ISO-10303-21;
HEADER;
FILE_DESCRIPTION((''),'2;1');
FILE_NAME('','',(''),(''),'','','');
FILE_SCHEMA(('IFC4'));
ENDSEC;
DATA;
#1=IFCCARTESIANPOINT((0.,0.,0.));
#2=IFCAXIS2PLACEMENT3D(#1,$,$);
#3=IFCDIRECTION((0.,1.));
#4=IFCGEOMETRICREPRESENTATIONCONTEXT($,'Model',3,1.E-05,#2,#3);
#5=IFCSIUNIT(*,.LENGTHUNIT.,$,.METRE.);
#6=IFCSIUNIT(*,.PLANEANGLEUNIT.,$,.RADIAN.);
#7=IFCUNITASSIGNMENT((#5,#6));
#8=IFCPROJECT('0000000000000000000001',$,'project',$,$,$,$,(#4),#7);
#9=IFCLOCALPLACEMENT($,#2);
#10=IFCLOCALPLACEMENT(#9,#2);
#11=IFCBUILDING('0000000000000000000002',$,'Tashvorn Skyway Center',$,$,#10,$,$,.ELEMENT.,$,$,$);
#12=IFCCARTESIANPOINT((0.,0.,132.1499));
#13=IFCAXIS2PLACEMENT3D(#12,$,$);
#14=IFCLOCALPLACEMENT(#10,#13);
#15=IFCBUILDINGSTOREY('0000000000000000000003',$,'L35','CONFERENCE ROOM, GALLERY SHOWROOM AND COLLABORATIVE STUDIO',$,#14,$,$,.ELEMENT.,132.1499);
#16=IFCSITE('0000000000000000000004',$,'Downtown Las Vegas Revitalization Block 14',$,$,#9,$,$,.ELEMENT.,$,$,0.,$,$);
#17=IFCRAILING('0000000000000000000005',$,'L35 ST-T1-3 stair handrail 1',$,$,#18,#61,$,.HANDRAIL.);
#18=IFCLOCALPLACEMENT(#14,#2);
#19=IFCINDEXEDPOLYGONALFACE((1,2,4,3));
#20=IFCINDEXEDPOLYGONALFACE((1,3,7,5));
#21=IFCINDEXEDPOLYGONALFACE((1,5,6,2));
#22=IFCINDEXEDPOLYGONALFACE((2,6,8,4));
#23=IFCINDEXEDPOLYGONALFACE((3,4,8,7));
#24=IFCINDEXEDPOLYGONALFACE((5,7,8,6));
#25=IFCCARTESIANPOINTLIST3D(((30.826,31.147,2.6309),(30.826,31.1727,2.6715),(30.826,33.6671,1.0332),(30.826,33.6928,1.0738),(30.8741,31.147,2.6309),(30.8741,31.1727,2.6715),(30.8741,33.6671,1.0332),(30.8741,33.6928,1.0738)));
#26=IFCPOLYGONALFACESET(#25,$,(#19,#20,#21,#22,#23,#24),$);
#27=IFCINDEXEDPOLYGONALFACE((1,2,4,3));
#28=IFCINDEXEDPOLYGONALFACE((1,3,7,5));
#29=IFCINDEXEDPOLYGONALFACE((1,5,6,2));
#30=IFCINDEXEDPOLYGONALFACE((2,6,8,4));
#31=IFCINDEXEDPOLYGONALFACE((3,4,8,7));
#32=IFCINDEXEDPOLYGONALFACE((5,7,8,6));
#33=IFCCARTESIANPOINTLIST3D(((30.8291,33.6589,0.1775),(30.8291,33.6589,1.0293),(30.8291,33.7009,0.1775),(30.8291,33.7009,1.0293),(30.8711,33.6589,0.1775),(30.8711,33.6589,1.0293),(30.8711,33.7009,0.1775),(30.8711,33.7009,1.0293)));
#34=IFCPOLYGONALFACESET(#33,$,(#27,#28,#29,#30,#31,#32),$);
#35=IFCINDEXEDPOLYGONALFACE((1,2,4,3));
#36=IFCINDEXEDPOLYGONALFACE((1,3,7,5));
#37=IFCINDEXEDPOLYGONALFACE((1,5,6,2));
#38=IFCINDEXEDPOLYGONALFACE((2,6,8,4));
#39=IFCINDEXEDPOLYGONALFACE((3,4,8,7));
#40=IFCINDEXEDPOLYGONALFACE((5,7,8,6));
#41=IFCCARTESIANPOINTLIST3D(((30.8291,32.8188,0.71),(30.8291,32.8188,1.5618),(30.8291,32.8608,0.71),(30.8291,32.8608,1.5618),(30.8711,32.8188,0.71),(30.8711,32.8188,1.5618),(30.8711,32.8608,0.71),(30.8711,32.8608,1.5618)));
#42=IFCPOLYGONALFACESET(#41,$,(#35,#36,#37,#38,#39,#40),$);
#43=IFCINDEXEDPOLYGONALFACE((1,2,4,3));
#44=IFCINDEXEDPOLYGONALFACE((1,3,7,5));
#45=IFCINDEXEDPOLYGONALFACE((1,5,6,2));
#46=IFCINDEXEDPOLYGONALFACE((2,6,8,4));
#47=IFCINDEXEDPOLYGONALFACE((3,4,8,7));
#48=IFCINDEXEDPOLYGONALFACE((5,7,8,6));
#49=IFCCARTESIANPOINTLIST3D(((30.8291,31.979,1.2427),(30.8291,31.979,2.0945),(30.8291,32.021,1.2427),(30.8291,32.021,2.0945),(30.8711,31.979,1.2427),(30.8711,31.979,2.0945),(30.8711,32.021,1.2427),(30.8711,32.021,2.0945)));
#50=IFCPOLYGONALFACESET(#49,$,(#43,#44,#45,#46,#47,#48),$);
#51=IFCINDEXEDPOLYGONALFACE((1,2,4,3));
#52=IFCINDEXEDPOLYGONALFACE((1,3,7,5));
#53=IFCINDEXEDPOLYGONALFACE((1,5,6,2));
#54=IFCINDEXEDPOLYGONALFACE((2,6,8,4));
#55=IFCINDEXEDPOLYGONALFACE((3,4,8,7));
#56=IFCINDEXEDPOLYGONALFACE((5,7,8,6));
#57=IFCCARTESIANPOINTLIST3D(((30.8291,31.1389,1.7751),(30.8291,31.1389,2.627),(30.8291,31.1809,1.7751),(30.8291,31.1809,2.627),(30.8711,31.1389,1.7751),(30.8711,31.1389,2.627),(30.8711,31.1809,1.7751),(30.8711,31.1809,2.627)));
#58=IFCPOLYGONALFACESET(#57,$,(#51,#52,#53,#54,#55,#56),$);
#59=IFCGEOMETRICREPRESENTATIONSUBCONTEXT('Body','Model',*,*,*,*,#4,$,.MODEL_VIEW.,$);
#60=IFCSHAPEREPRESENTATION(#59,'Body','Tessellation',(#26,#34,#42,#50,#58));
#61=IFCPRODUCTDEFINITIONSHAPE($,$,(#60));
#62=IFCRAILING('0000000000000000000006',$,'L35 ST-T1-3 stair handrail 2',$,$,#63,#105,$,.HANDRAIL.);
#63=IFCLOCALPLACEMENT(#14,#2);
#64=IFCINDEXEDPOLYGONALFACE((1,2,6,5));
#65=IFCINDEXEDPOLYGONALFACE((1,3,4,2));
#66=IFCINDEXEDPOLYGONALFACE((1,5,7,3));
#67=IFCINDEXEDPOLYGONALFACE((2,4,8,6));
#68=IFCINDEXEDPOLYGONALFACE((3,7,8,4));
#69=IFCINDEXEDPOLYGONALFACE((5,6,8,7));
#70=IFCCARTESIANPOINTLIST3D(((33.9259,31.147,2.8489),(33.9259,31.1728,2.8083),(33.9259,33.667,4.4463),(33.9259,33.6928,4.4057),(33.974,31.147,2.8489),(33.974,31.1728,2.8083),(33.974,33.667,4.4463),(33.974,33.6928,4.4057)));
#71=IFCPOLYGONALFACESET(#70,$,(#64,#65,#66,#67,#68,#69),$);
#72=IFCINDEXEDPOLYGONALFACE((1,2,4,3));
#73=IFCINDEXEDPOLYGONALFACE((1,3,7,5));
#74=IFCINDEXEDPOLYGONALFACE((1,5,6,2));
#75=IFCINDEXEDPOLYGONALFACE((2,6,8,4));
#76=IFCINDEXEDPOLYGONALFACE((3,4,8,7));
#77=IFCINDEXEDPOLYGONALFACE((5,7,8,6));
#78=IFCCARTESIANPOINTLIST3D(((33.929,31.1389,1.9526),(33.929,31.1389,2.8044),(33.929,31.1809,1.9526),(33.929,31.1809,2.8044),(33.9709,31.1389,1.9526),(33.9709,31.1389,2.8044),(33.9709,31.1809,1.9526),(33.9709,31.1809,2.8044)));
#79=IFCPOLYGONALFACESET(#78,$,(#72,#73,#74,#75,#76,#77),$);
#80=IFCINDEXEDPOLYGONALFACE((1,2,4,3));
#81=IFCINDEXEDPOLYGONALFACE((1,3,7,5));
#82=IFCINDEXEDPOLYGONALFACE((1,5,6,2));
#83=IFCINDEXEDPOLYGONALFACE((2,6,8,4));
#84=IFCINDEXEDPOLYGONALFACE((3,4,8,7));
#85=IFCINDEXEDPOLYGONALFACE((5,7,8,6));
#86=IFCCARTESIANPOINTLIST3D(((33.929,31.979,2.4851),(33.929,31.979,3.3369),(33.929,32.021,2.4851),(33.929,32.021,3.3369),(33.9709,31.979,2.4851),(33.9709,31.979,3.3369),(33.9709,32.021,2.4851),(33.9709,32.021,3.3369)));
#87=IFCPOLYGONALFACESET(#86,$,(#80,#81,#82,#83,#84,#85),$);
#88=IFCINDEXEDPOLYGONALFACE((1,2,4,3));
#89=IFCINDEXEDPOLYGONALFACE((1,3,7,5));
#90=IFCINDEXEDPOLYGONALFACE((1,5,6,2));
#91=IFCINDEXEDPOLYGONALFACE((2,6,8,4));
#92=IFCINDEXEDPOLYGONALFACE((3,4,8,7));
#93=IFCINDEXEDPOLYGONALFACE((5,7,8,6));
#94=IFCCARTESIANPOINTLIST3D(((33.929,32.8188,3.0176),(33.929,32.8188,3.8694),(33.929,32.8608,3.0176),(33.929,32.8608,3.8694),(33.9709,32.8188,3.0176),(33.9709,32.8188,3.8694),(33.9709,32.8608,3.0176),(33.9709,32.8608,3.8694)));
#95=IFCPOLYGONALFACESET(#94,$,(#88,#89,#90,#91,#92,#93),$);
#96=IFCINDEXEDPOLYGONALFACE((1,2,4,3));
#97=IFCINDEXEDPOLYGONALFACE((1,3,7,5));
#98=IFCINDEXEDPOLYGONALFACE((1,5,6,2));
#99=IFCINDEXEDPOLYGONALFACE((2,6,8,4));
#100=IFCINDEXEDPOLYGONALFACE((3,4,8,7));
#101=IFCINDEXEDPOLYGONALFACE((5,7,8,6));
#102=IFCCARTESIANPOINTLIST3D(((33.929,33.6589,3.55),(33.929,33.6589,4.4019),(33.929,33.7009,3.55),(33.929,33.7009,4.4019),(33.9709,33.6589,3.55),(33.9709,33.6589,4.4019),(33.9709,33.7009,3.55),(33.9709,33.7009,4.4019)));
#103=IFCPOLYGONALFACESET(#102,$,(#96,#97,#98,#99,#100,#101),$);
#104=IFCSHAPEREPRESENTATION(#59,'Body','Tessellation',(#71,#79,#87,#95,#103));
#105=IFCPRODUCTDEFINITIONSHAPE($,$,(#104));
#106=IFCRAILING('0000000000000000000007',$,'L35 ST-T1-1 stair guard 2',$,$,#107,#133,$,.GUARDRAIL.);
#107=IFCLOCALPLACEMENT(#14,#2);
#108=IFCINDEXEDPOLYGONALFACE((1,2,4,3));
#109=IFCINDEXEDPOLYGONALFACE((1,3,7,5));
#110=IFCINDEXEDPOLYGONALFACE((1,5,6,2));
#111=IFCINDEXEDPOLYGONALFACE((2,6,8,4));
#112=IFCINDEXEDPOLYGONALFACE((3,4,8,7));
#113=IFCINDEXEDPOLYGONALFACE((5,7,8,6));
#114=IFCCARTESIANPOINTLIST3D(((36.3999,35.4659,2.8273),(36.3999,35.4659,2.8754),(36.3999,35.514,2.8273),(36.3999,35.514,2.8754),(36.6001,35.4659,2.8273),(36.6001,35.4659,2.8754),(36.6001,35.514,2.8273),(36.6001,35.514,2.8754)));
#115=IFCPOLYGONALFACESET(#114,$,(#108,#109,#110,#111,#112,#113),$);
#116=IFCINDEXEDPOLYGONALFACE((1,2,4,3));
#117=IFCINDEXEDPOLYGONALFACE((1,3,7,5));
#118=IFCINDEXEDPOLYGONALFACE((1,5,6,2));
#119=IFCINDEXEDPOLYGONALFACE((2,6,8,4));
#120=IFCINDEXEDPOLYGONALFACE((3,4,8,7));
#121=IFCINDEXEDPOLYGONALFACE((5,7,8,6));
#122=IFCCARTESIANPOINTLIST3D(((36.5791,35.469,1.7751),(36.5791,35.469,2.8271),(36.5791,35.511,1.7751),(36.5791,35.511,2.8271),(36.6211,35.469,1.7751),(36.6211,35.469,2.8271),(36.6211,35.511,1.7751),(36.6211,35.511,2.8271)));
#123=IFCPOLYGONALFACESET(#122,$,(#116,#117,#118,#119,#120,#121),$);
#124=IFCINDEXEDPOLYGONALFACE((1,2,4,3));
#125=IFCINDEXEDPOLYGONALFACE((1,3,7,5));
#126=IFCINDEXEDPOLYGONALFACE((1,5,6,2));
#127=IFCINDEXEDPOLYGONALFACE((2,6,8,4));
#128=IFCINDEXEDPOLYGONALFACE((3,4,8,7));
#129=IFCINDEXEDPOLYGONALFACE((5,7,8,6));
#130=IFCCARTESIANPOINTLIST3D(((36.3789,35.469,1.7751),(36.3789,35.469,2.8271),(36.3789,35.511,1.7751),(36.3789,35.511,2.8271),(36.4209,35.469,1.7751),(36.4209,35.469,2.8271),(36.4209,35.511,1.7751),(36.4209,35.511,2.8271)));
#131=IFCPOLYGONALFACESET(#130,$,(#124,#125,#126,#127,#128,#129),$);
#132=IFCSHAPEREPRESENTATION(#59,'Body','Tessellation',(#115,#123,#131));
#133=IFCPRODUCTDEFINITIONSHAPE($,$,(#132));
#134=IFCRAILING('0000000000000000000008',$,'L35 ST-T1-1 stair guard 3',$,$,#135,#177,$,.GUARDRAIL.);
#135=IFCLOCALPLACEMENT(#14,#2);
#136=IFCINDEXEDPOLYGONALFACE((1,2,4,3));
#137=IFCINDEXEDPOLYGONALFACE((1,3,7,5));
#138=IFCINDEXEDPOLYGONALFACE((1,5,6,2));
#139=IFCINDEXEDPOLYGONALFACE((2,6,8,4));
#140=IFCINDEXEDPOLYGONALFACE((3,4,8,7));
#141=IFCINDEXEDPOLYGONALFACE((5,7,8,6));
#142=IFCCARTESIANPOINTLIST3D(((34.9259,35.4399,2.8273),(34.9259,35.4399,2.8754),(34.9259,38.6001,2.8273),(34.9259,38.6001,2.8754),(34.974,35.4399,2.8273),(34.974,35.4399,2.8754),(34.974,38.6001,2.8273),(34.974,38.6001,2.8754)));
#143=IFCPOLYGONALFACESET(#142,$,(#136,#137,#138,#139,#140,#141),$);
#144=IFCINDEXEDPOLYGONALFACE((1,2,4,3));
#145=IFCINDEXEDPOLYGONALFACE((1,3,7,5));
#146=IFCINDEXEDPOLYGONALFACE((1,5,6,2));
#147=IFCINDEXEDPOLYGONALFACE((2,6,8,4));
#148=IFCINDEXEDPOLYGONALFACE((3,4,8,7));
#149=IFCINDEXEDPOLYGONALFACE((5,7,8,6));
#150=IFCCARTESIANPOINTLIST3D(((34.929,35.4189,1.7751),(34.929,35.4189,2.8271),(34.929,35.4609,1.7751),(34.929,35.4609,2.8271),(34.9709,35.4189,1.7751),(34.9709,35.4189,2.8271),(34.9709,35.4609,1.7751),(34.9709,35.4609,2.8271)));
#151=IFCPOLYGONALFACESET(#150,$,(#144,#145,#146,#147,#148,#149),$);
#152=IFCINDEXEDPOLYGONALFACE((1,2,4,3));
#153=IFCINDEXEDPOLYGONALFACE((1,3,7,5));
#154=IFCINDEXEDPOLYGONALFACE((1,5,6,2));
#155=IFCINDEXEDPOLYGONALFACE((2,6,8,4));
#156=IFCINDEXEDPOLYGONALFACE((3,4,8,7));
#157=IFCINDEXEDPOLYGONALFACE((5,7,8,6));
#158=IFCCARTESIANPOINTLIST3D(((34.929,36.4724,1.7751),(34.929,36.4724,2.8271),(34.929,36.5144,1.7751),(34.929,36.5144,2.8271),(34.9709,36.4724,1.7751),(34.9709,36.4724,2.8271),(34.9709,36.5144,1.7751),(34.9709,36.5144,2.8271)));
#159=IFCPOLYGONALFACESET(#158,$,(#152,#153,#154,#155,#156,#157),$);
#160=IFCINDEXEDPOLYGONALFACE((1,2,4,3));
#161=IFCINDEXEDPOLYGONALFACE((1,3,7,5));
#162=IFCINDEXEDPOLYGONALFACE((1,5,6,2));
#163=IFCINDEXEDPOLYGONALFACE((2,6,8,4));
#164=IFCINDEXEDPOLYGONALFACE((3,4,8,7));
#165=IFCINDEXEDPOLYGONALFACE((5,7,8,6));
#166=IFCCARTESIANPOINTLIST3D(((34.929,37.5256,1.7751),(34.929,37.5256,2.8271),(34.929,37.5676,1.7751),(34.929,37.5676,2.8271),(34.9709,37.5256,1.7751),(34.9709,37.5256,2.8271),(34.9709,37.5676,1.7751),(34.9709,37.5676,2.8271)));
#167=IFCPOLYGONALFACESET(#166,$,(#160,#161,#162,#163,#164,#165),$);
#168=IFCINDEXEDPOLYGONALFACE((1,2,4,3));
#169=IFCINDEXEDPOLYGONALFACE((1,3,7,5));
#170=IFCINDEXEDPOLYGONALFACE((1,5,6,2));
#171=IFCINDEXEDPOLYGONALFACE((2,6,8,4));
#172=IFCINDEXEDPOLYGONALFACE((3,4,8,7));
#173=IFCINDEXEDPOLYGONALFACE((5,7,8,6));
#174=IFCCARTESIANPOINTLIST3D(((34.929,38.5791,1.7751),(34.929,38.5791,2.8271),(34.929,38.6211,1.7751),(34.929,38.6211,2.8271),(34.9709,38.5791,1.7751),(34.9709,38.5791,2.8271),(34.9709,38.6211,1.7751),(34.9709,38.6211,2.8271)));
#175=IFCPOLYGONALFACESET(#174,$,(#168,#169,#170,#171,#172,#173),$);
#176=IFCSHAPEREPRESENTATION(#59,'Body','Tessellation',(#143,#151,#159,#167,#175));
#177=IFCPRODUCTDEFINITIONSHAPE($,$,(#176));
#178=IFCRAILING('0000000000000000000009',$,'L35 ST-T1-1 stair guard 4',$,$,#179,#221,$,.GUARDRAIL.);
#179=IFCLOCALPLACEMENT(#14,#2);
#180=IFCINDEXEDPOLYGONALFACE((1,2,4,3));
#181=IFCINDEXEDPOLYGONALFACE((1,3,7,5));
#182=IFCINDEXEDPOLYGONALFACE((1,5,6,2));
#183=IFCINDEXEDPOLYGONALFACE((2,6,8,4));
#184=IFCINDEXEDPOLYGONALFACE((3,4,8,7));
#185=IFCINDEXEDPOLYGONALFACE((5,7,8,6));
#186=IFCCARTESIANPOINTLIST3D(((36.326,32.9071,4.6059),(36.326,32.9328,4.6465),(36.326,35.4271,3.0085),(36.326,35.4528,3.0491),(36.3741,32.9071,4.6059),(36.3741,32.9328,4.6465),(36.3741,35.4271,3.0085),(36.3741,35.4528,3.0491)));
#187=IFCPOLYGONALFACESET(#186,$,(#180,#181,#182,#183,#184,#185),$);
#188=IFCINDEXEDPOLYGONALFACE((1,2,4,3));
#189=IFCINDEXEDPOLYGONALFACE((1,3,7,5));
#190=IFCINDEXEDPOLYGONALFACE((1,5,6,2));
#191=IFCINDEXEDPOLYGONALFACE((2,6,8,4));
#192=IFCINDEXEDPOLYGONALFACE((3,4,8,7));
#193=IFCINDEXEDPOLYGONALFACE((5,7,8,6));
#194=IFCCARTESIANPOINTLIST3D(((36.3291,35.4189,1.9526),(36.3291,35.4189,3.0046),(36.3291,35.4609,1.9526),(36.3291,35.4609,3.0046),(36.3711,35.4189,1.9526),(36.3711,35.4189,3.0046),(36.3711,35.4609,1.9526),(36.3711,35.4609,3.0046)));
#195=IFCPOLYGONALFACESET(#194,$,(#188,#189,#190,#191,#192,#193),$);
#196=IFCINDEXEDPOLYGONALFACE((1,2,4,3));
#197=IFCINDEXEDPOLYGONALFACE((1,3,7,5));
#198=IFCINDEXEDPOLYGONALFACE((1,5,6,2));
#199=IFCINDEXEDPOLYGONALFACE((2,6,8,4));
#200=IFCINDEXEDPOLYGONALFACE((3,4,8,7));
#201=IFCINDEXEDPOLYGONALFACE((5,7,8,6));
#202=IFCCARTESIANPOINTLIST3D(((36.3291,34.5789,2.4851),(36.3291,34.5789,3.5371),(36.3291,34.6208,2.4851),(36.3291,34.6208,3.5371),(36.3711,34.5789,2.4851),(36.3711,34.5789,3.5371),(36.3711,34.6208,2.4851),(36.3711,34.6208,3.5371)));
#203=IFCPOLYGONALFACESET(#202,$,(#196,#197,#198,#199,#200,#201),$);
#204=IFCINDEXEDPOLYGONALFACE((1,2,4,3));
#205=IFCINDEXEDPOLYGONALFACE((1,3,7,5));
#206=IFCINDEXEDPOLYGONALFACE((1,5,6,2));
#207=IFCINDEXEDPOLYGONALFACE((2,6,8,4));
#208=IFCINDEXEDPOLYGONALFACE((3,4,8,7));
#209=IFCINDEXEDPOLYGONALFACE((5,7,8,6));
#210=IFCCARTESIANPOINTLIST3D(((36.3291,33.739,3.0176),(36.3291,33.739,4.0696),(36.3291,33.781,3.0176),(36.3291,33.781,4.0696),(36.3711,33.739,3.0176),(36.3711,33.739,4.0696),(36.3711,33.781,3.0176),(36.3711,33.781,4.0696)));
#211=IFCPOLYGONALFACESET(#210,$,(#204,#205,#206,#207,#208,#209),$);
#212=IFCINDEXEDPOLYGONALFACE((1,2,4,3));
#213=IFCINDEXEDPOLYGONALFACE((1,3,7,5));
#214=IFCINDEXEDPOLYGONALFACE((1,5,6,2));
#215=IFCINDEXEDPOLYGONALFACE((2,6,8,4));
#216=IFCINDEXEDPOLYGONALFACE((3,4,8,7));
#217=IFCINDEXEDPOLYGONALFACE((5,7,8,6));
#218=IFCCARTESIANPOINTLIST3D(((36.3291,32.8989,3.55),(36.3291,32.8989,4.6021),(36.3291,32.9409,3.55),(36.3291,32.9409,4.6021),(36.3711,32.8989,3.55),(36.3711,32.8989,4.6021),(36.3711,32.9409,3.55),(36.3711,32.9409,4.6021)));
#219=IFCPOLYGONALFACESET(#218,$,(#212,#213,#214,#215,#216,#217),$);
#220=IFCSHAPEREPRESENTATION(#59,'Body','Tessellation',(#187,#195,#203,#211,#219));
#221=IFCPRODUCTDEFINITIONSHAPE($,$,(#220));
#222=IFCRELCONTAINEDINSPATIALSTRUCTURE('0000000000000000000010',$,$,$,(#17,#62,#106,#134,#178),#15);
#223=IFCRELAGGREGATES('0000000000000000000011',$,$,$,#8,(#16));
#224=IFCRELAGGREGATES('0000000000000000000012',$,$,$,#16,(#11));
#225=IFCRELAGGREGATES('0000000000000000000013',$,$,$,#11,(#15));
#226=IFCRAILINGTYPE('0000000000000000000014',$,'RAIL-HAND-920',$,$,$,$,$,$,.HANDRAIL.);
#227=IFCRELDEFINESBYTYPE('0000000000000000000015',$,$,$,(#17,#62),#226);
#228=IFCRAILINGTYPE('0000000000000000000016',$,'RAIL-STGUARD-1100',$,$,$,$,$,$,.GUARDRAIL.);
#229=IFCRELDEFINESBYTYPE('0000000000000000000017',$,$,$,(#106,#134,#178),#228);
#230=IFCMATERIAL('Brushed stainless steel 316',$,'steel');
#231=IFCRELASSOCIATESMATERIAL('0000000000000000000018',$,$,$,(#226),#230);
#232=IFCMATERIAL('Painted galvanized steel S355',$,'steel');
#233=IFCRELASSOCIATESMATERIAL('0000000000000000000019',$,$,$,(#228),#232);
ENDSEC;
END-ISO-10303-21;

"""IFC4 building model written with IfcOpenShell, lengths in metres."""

from ifc_helpers import new_model, si_unit, direction, frame, origin, origin_2d, place, context, subcontext, project, spatial, rectangle, extrude, material, type_object, element, save


model = new_model("IFC4")

# Units and contexts
model_context = context("Model", 3, precision=1e-05, world=origin(), true_north=direction((0.0, 1.0)))
body_context = subcontext(model_context, "Body", "Model", "MODEL_VIEW")
ifc_project = project(units=[si_unit("LENGTHUNIT", "METRE"), si_unit("PLANEANGLEUNIT", "RADIAN")], contexts=[model_context])

# Site, building, storey
site_placement = place(None, origin())
site = spatial("IfcSite", under=ifc_project, at=site_placement, Name="Downtown Las Vegas Revitalization Block 14", CompositionType="ELEMENT", RefElevation=0.0)
building_placement = place(site_placement, origin())
building = spatial("IfcBuilding", under=site, at=building_placement, Name="Tashvorn Skyway Center", CompositionType="ELEMENT")
storey_placement = place(building_placement, frame((0.0, 0.0, 132.1499)))
storey = spatial("IfcBuildingStorey", under=building, at=storey_placement, Name="L35", Description="CONFERENCE ROOM, GALLERY SHOWROOM AND COLLABORATIVE STUDIO", CompositionType="ELEMENT", Elevation=132.1499)

# Railings
ifc_material_1 = material(Name="Brushed stainless steel 316", Category="steel")
railing_type_1 = type_object("IfcRailingType", Name="RAIL-HAND-920", PredefinedType="HANDRAIL", material=ifc_material_1)
railing_1_placement = place(storey_placement, frame((30.8501, 33.6799, 0.1775)))
element("IfcRailing", 1, at=railing_1_placement, inside=storey, type_object=railing_type_1, Name="L35 ST-T1-3 stair handrail 1", PredefinedType="HANDRAIL", context=body_context, shape_type="SweptSolid", body=[
    extrude(rectangle(XDim=0.0481, YDim=0.0481, at=origin_2d()), frame((0.0, 0.0, 0.876), z_axis=(0.0, -0.84457, 0.535445), x_axis=(1.0, 0.0, 0.0)), (0.0, 0.0, 1.0), 2.9839),
    extrude(rectangle(XDim=0.042, YDim=0.042, at=origin_2d()), origin(), (0.0, 0.0, 1.0), 0.8518),
    extrude(rectangle(XDim=0.042, YDim=0.042, at=origin_2d()), frame((0.0, -0.8401, 0.5325)), (0.0, 0.0, 1.0), 0.8518),
    extrude(rectangle(XDim=0.042, YDim=0.042, at=origin_2d()), frame((0.0, -1.6799, 1.0652)), (0.0, 0.0, 1.0), 0.8518),
    extrude(rectangle(XDim=0.042, YDim=0.042, at=origin_2d()), frame((0.0, -2.52, 1.5977)), (0.0, 0.0, 1.0), 0.8518),
])
railing_2_placement = place(storey_placement, frame((33.95, 31.1599, 1.9526)))
element("IfcRailing", 2, at=railing_2_placement, inside=storey, type_object=railing_type_1, Name="L35 ST-T1-3 stair handrail 2", PredefinedType="HANDRAIL", context=body_context, shape_type="SweptSolid", body=[
    extrude(rectangle(XDim=0.0481, YDim=0.0481, at=origin_2d()), frame((0.0, 0.0, 0.876), z_axis=(0.0, 0.844607, 0.535387), x_axis=(-1.0, 0.0, 0.0)), (0.0, 0.0, 1.0), 2.9836),
    extrude(rectangle(XDim=0.042, YDim=0.042, at=origin_2d()), origin(), (0.0, 0.0, 1.0), 0.8518),
    extrude(rectangle(XDim=0.042, YDim=0.042, at=origin_2d()), frame((0.0, 0.8401, 0.5325)), (0.0, 0.0, 1.0), 0.8518),
    extrude(rectangle(XDim=0.042, YDim=0.042, at=origin_2d()), frame((0.0, 1.6799, 1.0649)), (0.0, 0.0, 1.0), 0.8518),
    extrude(rectangle(XDim=0.042, YDim=0.042, at=origin_2d()), frame((0.0, 2.52, 1.5974)), (0.0, 0.0, 1.0), 0.8518),
])
ifc_material_2 = material(Name="Painted galvanized steel S355", Category="steel")
railing_type_2 = type_object("IfcRailingType", Name="RAIL-STGUARD-1100", PredefinedType="GUARDRAIL", material=ifc_material_2)
railing_3_placement = place(storey_placement, frame((36.6001, 35.49, 1.7751)))
element("IfcRailing", 3, at=railing_3_placement, inside=storey, type_object=railing_type_2, Name="L35 ST-T1-1 stair guard 2", PredefinedType="GUARDRAIL", context=body_context, shape_type="SweptSolid", body=[
    extrude(rectangle(XDim=0.0481, YDim=0.0481, at=origin_2d()), frame((0.0, 0.0, 1.0762), z_axis=(-1.0, 0.0, 0.0), x_axis=(0.0, -1.0, 0.0)), (0.0, 0.0, 1.0), 0.2002),
    extrude(rectangle(XDim=0.042, YDim=0.042, at=origin_2d()), origin(), (0.0, 0.0, 1.0), 1.052),
    extrude(rectangle(XDim=0.042, YDim=0.042, at=origin_2d()), frame((-0.2002, 0.0, 0.0)), (0.0, 0.0, 1.0), 1.052),
])
railing_4_placement = place(storey_placement, frame((34.95, 35.4399, 1.7751)))
element("IfcRailing", 4, at=railing_4_placement, inside=storey, type_object=railing_type_2, Name="L35 ST-T1-1 stair guard 3", PredefinedType="GUARDRAIL", context=body_context, shape_type="SweptSolid", body=[
    extrude(rectangle(XDim=0.0481, YDim=0.0481, at=origin_2d()), frame((0.0, 0.0, 1.0762), z_axis=(0.0, 1.0, 0.0), x_axis=(-1.0, 0.0, 0.0)), (0.0, 0.0, 1.0), 3.1602),
    extrude(rectangle(XDim=0.042, YDim=0.042, at=origin_2d()), origin(), (0.0, 0.0, 1.0), 1.052),
    extrude(rectangle(XDim=0.042, YDim=0.042, at=origin_2d()), frame((0.0, 1.0535, 0.0)), (0.0, 0.0, 1.0), 1.052),
    extrude(rectangle(XDim=0.042, YDim=0.042, at=origin_2d()), frame((0.0, 2.1067, 0.0)), (0.0, 0.0, 1.0), 1.052),
    extrude(rectangle(XDim=0.042, YDim=0.042, at=origin_2d()), frame((0.0, 3.1602, 0.0)), (0.0, 0.0, 1.0), 1.052),
])
railing_5_placement = place(storey_placement, frame((36.3501, 35.4399, 1.9526)))
element("IfcRailing", 5, at=railing_5_placement, inside=storey, type_object=railing_type_2, Name="L35 ST-T1-1 stair guard 4", PredefinedType="GUARDRAIL", context=body_context, shape_type="SweptSolid", body=[
    extrude(rectangle(XDim=0.0481, YDim=0.0481, at=origin_2d()), frame((0.0, 0.0, 1.0762), z_axis=(0.0, -0.844607, 0.535387), x_axis=(1.0, 0.0, 0.0)), (0.0, 0.0, 1.0), 2.9836),
    extrude(rectangle(XDim=0.042, YDim=0.042, at=origin_2d()), origin(), (0.0, 0.0, 1.0), 1.052),
    extrude(rectangle(XDim=0.042, YDim=0.042, at=origin_2d()), frame((0.0, -0.8401, 0.5325)), (0.0, 0.0, 1.0), 1.052),
    extrude(rectangle(XDim=0.042, YDim=0.042, at=origin_2d()), frame((0.0, -1.6799, 1.0649)), (0.0, 0.0, 1.0), 1.052),
    extrude(rectangle(XDim=0.042, YDim=0.042, at=origin_2d()), frame((0.0, -2.52, 1.5974)), (0.0, 0.0, 1.0), 1.052),
])

save(model, "model.ifc")
